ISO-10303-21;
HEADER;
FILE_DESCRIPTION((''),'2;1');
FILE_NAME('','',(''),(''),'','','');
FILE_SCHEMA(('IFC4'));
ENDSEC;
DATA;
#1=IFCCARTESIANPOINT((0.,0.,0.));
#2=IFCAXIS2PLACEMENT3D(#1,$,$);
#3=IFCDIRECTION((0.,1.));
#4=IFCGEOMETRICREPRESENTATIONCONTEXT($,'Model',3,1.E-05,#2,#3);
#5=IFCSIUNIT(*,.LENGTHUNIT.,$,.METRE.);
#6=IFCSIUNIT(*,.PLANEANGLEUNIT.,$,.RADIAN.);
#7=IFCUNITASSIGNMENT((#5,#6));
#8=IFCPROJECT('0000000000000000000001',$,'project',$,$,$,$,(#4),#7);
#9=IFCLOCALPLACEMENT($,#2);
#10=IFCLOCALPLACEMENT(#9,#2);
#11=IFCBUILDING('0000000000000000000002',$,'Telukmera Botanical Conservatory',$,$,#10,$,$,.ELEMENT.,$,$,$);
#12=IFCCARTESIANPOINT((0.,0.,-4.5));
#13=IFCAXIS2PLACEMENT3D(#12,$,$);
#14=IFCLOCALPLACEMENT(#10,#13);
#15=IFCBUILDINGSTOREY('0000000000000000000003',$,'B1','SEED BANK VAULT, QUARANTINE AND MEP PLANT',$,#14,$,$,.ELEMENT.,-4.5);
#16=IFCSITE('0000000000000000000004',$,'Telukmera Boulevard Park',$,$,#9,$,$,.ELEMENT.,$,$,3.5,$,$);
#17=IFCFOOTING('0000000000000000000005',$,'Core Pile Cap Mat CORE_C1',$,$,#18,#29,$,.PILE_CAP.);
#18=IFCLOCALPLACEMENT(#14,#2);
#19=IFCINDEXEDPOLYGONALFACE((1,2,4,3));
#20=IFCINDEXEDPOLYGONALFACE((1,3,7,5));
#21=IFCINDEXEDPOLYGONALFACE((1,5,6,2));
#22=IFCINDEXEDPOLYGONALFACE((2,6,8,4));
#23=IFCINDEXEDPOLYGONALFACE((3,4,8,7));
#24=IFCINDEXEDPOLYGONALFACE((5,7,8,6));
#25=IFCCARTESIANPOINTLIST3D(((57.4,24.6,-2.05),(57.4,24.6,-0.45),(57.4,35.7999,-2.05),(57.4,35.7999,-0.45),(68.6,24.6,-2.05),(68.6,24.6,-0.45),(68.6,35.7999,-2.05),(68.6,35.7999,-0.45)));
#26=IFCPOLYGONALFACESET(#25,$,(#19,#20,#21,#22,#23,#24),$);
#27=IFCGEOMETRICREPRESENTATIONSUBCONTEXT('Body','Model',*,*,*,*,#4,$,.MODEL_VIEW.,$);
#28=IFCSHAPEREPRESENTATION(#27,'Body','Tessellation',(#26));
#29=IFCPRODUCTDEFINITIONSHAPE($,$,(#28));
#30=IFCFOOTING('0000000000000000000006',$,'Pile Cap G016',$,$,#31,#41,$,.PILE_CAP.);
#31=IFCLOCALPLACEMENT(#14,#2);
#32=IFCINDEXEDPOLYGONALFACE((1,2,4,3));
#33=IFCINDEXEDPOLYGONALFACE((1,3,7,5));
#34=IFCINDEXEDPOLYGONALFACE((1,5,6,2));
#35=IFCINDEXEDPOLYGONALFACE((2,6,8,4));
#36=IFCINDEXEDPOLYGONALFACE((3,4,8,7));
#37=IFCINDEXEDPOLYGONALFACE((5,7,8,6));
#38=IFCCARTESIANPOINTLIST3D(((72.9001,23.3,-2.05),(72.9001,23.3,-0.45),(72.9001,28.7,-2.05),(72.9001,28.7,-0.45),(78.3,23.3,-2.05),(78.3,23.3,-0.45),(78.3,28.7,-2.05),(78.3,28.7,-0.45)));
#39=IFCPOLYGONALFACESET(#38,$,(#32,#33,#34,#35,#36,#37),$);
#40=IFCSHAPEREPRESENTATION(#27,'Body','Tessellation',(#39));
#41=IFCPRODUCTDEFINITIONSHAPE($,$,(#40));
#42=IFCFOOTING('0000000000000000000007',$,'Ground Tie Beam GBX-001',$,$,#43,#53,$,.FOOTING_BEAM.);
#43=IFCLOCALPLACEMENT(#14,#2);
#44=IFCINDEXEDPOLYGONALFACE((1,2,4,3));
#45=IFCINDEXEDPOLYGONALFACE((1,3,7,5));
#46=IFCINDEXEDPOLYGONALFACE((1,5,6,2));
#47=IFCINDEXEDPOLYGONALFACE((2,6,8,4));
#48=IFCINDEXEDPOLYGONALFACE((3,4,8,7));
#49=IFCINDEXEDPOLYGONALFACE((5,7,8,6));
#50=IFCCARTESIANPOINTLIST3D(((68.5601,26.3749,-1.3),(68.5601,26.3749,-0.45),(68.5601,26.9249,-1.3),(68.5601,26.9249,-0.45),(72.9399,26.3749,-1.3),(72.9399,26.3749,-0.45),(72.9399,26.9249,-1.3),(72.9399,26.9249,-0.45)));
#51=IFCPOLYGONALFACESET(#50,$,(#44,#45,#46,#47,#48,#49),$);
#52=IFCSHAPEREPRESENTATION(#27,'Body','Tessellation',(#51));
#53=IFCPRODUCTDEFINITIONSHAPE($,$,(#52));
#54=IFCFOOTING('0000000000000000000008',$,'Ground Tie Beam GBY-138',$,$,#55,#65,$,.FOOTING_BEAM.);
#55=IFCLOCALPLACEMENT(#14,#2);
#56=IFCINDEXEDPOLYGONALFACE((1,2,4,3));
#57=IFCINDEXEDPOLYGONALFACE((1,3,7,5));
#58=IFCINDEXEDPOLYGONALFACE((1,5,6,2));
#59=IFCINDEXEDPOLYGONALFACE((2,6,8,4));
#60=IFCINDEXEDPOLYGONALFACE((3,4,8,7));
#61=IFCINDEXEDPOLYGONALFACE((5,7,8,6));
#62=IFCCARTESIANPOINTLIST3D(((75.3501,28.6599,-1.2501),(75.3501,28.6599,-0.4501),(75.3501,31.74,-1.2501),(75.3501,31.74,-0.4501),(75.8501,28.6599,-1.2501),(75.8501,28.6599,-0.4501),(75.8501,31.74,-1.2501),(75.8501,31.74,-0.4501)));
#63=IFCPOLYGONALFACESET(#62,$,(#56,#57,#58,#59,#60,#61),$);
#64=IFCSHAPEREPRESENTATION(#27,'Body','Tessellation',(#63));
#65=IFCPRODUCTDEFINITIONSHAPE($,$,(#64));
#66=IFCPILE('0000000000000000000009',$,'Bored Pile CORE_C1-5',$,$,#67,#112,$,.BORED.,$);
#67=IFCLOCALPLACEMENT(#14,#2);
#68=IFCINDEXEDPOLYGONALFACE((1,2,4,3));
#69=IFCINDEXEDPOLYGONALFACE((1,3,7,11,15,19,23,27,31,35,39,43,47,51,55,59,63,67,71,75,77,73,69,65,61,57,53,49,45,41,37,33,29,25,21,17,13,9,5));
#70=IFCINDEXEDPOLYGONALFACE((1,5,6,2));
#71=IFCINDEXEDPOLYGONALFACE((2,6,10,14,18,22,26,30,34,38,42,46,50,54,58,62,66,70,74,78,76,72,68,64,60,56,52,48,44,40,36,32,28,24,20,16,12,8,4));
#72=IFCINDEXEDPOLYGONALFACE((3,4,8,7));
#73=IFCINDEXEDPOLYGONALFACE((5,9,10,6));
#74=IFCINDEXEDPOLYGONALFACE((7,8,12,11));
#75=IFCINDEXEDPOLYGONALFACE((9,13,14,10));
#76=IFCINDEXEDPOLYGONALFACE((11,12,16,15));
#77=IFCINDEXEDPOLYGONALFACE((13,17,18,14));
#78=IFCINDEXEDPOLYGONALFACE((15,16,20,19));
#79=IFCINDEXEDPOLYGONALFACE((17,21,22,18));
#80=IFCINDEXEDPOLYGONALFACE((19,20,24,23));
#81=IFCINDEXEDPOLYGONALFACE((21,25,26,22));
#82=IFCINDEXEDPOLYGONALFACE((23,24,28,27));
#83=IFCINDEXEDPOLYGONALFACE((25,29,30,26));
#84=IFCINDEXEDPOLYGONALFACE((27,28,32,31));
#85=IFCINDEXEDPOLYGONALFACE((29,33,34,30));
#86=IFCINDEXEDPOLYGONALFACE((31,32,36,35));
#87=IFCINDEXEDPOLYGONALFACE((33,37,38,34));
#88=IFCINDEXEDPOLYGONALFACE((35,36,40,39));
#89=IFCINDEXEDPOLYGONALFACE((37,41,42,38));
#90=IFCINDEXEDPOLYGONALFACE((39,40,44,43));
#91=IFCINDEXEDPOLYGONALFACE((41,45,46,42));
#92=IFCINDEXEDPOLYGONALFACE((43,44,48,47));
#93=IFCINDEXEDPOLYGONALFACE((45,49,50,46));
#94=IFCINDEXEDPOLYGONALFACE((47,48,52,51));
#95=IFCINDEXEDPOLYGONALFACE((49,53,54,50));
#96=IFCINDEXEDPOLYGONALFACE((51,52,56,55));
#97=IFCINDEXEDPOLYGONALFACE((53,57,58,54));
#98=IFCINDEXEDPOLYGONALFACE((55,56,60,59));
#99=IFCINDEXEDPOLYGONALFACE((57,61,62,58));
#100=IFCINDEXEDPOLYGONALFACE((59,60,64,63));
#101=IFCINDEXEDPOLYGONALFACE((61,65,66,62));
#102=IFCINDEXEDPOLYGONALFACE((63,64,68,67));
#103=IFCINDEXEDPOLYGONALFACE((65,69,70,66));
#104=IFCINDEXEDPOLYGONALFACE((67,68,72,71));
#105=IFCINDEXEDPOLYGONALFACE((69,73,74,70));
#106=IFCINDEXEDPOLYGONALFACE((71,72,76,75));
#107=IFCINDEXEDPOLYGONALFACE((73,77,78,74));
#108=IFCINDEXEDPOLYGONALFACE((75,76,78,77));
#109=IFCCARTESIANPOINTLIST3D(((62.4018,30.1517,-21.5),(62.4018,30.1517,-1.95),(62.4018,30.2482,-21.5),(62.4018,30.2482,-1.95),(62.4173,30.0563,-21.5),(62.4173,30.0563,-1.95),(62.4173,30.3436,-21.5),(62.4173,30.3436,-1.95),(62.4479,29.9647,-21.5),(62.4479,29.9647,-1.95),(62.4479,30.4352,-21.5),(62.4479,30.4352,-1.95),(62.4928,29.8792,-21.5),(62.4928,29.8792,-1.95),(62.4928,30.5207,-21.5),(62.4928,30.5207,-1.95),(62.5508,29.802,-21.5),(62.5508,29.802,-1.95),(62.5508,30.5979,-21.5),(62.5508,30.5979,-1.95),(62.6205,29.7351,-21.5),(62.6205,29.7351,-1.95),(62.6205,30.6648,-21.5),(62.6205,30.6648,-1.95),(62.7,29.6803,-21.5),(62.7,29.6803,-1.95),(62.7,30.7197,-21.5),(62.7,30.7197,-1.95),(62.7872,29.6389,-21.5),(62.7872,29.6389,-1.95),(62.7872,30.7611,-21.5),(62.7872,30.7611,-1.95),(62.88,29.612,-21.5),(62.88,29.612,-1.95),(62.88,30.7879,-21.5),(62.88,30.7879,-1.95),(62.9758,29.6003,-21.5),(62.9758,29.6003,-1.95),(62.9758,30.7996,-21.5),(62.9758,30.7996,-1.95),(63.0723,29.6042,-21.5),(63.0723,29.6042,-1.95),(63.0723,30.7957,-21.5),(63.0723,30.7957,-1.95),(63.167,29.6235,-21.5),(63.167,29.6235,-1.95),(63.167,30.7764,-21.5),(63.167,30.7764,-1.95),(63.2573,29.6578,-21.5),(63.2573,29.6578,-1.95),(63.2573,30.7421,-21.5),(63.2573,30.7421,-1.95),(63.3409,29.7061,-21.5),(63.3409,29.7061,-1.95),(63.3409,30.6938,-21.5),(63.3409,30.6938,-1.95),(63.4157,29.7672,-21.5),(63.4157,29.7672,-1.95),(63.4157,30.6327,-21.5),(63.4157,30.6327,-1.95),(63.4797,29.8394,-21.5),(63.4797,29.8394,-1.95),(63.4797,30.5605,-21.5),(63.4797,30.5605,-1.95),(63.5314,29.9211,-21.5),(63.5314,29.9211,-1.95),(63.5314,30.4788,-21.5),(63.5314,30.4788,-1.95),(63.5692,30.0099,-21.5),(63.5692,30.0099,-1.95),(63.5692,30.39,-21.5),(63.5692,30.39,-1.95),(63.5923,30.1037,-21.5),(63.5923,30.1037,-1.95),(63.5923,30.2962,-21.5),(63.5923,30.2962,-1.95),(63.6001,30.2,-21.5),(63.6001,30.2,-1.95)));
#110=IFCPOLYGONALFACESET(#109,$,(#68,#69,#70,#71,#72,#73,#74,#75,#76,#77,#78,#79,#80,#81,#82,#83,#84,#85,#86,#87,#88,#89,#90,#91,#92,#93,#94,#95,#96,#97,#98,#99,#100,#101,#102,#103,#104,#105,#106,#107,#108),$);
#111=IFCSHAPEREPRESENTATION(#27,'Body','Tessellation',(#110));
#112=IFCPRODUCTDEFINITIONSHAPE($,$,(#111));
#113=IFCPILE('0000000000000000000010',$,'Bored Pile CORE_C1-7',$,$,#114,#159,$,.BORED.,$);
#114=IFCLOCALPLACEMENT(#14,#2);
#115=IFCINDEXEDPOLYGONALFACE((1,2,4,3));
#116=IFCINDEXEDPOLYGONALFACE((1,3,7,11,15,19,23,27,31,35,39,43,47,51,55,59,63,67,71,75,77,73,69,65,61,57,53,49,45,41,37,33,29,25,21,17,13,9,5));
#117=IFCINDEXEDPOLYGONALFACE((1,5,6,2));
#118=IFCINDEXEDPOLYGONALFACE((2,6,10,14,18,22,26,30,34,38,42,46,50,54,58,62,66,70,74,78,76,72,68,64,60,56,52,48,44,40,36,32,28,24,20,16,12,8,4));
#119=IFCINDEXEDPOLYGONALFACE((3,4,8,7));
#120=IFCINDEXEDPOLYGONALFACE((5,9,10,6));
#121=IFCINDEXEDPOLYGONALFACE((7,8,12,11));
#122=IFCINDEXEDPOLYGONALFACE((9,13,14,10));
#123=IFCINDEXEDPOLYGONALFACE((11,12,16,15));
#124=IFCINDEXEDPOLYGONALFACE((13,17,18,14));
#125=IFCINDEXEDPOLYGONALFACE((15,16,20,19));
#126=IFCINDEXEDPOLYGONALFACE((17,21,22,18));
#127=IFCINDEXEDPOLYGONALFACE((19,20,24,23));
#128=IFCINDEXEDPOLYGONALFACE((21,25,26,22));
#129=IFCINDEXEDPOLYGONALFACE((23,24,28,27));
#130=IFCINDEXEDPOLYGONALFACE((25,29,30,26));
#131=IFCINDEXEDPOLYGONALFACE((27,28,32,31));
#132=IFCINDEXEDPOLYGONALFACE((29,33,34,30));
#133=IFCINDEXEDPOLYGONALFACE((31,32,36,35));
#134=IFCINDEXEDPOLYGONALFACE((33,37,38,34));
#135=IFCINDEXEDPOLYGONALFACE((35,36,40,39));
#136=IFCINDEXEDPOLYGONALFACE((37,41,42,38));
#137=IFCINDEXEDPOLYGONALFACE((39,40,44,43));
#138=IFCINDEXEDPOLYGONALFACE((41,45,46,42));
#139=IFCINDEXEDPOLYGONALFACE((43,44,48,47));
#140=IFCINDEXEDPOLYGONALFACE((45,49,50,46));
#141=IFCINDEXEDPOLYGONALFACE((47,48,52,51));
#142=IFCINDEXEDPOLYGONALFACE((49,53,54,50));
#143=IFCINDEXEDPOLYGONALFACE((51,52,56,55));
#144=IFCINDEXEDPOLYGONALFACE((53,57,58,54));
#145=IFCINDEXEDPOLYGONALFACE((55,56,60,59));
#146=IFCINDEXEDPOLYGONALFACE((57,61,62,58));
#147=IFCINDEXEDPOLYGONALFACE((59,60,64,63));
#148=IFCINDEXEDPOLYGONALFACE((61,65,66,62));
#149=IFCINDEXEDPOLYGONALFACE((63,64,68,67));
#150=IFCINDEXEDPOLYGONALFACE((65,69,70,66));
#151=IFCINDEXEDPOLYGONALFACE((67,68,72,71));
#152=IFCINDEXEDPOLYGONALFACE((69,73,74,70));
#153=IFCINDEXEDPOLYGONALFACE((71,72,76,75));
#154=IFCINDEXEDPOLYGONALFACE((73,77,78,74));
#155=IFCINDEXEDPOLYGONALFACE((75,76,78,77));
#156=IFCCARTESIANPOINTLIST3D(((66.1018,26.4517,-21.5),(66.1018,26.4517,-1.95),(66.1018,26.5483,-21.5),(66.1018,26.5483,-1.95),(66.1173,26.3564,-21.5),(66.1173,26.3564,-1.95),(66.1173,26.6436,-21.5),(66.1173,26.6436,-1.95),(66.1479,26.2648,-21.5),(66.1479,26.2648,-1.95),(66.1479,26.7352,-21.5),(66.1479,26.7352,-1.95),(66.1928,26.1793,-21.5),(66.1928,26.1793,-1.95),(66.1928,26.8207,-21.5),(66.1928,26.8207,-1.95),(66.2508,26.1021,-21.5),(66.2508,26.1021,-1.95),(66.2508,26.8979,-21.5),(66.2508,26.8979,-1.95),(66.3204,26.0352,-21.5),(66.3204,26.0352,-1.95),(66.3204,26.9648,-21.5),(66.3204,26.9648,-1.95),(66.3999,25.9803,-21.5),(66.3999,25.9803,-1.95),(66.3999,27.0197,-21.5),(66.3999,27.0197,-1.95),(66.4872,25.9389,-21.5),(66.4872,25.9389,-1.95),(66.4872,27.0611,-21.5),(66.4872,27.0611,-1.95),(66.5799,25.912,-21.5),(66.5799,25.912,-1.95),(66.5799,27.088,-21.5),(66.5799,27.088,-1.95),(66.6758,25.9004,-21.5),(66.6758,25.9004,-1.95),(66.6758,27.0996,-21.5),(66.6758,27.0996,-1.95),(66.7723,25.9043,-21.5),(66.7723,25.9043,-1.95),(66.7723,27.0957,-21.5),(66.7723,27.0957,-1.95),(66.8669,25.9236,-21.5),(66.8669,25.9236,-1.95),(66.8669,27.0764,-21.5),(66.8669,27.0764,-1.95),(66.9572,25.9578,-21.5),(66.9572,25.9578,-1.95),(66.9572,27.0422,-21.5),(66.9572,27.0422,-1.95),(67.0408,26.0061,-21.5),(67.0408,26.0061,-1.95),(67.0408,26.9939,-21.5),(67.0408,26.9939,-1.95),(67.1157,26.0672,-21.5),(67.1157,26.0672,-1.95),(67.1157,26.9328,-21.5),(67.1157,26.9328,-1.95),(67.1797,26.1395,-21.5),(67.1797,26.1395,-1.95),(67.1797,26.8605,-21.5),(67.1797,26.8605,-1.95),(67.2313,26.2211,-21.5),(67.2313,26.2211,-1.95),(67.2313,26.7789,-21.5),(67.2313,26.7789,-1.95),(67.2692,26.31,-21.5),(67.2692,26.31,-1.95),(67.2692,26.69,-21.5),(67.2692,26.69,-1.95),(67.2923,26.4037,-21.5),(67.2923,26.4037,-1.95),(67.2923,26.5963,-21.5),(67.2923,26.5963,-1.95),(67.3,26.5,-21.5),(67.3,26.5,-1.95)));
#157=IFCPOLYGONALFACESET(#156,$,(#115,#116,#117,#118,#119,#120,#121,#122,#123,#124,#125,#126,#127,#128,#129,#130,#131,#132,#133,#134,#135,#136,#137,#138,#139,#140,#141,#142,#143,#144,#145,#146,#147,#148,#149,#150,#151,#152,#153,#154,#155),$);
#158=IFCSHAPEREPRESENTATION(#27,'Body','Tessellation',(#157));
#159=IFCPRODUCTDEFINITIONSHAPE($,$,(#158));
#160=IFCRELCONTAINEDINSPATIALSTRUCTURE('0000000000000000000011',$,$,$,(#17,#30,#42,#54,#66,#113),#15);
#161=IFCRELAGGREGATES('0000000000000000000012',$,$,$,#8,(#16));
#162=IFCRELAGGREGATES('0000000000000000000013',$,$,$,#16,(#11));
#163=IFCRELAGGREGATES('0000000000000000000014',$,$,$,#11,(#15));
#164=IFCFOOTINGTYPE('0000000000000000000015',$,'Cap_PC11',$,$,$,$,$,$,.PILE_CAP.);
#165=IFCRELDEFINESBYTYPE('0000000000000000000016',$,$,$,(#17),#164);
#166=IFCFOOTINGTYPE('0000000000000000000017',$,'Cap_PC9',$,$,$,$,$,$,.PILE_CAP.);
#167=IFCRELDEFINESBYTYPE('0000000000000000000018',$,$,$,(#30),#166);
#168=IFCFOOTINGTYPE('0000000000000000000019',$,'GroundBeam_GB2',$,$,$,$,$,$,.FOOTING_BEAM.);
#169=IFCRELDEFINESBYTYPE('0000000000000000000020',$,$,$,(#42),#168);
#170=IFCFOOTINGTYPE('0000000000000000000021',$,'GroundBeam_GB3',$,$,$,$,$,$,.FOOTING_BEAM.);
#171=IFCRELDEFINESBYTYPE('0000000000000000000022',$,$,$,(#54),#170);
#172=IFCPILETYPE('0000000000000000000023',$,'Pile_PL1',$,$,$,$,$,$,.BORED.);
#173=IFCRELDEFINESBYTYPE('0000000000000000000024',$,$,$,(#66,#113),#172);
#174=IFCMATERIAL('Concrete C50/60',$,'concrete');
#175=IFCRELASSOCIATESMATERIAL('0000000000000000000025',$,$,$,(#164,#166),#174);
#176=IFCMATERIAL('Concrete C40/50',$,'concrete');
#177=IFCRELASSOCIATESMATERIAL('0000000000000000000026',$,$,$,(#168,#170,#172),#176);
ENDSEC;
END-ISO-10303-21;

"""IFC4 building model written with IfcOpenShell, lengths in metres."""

from ifc_helpers import new_model, si_unit, direction, frame, origin, origin_2d, place, context, subcontext, project, spatial, rectangle, circle, extrude, material, material_profile, profile_set, type_object, element, save


model = new_model("IFC4")

# Units and contexts
model_context = context("Model", 3, precision=1e-05, world=origin(), true_north=direction((0.0, 1.0)))
body_context = subcontext(model_context, "Body", "Model", "MODEL_VIEW")
ifc_project = project(units=[si_unit("LENGTHUNIT", "METRE"), si_unit("PLANEANGLEUNIT", "RADIAN")], contexts=[model_context])

# Site, building, storey
site_placement = place(None, origin())
site = spatial("IfcSite", under=ifc_project, at=site_placement, Name="Telukmera Boulevard Park", CompositionType="ELEMENT", RefElevation=3.5)
building_placement = place(site_placement, origin())
building = spatial("IfcBuilding", under=site, at=building_placement, Name="Telukmera Botanical Conservatory", CompositionType="ELEMENT")
storey_placement = place(building_placement, frame((0.0, 0.0, -4.5)))
storey = spatial("IfcBuildingStorey", under=building, at=storey_placement, Name="B1", Description="SEED BANK VAULT, QUARANTINE AND MEP PLANT", CompositionType="ELEMENT", Elevation=-4.5)

# Footings
ifc_material_1 = material(Name="Concrete C50/60", Category="concrete")
footing_type_1 = type_object("IfcFootingType", Name="Cap_PC11", PredefinedType="PILE_CAP", material=ifc_material_1)
footing_1_placement = place(storey_placement, frame((63.0, 30.2, -2.05), z_axis=(0.0, 0.0, 1.0), x_axis=(1.0, 0.0, 0.0)))
element("IfcFooting", 1, at=footing_1_placement, inside=storey, type_object=footing_type_1, Name="Core Pile Cap Mat CORE_C1", PredefinedType="PILE_CAP", context=body_context, shape_type="SweptSolid", body=[
    extrude(rectangle(XDim=11.2, YDim=11.2, at=origin_2d()), origin(), (0.0, 0.0, 1.0), 1.6001),
])
footing_type_2 = type_object("IfcFootingType", Name="Cap_PC9", PredefinedType="PILE_CAP", material=ifc_material_1)
footing_2_placement = place(storey_placement, frame((75.6001, 26.0, -2.05), z_axis=(0.0, 0.0, 1.0), x_axis=(1.0, 0.0, 0.0)))
element("IfcFooting", 2, at=footing_2_placement, inside=storey, type_object=footing_type_2, Name="Pile Cap G016", PredefinedType="PILE_CAP", context=body_context, shape_type="SweptSolid", body=[
    extrude(rectangle(XDim=5.3999, YDim=5.3999, at=origin_2d()), origin(), (0.0, 0.0, 1.0), 1.6001),
])
ifc_material_2 = material(Name="Concrete C40/50", Category="concrete")
ifc_material_profile_1 = material_profile(ifc_material_2, rectangle(XDim=0.55, YDim=0.8501, at=origin_2d()), Name="RC 550x850")
ifc_profile_set_1 = profile_set([ifc_material_profile_1], Name="Concrete C40/50")
footing_type_3 = type_object("IfcFootingType", Name="GroundBeam_GB2", PredefinedType="FOOTING_BEAM", material=ifc_profile_set_1)
footing_3_placement = place(storey_placement, frame((68.5601, 26.6499, -0.875), z_axis=(1.0, 0.0, 0.0), x_axis=(0.0, 1.0, 0.0)))
element("IfcFooting", 3, at=footing_3_placement, inside=storey, type_object=footing_type_3, Name="Ground Tie Beam GBX-001", PredefinedType="FOOTING_BEAM", context=body_context, shape_type="SweptSolid", body=[
    extrude(rectangle(XDim=0.55, YDim=0.8501, at=origin_2d()), origin(), (0.0, 0.0, 1.0), 4.3799),
])
ifc_material_profile_2 = material_profile(ifc_material_2, rectangle(XDim=0.5, YDim=0.8, at=origin_2d()), Name="RC 500x800")
ifc_profile_set_2 = profile_set([ifc_material_profile_2], Name="Concrete C40/50")
footing_type_4 = type_object("IfcFootingType", Name="GroundBeam_GB3", PredefinedType="FOOTING_BEAM", material=ifc_profile_set_2)
footing_4_placement = place(storey_placement, frame((75.6001, 28.6599, -0.8501), z_axis=(0.0, 1.0, 0.0), x_axis=(-1.0, 0.0, 0.0)))
element("IfcFooting", 4, at=footing_4_placement, inside=storey, type_object=footing_type_4, Name="Ground Tie Beam GBY-138", PredefinedType="FOOTING_BEAM", context=body_context, shape_type="SweptSolid", body=[
    extrude(rectangle(XDim=0.5, YDim=0.8, at=origin_2d()), origin(), (0.0, 0.0, 1.0), 3.0801),
])

# Piles
ifc_material_profile_3 = material_profile(ifc_material_2, circle(Radius=0.6001, at=origin_2d()), Name="PILE D1200")
ifc_profile_set_3 = profile_set([ifc_material_profile_3], Name="Concrete C40/50")
pile_type = type_object("IfcPileType", Name="Pile_PL1", PredefinedType="BORED", material=ifc_profile_set_3)
for number, where, z_axis, x_axis, name in (
    (5, (63.0, 30.2, -1.95), (0.0, 0.0, -1.0), (1.0, 0.0, 0.0), "Bored Pile CORE_C1-5"),
    (6, (66.7, 26.5, -1.95), (0.0, 0.0, -1.0), (1.0, 0.0, 0.0), "Bored Pile CORE_C1-7"),
):
    element("IfcPile", number, at=place(storey_placement, frame(where, z_axis=z_axis, x_axis=x_axis)), inside=storey, type_object=pile_type, Name=name, PredefinedType="BORED", context=body_context, shape_type="SweptSolid", body=[
        extrude(circle(Radius=0.6001, at=origin_2d()), origin(), (0.0, 0.0, 1.0), 19.55),
    ])

save(model, "model.ifc")
